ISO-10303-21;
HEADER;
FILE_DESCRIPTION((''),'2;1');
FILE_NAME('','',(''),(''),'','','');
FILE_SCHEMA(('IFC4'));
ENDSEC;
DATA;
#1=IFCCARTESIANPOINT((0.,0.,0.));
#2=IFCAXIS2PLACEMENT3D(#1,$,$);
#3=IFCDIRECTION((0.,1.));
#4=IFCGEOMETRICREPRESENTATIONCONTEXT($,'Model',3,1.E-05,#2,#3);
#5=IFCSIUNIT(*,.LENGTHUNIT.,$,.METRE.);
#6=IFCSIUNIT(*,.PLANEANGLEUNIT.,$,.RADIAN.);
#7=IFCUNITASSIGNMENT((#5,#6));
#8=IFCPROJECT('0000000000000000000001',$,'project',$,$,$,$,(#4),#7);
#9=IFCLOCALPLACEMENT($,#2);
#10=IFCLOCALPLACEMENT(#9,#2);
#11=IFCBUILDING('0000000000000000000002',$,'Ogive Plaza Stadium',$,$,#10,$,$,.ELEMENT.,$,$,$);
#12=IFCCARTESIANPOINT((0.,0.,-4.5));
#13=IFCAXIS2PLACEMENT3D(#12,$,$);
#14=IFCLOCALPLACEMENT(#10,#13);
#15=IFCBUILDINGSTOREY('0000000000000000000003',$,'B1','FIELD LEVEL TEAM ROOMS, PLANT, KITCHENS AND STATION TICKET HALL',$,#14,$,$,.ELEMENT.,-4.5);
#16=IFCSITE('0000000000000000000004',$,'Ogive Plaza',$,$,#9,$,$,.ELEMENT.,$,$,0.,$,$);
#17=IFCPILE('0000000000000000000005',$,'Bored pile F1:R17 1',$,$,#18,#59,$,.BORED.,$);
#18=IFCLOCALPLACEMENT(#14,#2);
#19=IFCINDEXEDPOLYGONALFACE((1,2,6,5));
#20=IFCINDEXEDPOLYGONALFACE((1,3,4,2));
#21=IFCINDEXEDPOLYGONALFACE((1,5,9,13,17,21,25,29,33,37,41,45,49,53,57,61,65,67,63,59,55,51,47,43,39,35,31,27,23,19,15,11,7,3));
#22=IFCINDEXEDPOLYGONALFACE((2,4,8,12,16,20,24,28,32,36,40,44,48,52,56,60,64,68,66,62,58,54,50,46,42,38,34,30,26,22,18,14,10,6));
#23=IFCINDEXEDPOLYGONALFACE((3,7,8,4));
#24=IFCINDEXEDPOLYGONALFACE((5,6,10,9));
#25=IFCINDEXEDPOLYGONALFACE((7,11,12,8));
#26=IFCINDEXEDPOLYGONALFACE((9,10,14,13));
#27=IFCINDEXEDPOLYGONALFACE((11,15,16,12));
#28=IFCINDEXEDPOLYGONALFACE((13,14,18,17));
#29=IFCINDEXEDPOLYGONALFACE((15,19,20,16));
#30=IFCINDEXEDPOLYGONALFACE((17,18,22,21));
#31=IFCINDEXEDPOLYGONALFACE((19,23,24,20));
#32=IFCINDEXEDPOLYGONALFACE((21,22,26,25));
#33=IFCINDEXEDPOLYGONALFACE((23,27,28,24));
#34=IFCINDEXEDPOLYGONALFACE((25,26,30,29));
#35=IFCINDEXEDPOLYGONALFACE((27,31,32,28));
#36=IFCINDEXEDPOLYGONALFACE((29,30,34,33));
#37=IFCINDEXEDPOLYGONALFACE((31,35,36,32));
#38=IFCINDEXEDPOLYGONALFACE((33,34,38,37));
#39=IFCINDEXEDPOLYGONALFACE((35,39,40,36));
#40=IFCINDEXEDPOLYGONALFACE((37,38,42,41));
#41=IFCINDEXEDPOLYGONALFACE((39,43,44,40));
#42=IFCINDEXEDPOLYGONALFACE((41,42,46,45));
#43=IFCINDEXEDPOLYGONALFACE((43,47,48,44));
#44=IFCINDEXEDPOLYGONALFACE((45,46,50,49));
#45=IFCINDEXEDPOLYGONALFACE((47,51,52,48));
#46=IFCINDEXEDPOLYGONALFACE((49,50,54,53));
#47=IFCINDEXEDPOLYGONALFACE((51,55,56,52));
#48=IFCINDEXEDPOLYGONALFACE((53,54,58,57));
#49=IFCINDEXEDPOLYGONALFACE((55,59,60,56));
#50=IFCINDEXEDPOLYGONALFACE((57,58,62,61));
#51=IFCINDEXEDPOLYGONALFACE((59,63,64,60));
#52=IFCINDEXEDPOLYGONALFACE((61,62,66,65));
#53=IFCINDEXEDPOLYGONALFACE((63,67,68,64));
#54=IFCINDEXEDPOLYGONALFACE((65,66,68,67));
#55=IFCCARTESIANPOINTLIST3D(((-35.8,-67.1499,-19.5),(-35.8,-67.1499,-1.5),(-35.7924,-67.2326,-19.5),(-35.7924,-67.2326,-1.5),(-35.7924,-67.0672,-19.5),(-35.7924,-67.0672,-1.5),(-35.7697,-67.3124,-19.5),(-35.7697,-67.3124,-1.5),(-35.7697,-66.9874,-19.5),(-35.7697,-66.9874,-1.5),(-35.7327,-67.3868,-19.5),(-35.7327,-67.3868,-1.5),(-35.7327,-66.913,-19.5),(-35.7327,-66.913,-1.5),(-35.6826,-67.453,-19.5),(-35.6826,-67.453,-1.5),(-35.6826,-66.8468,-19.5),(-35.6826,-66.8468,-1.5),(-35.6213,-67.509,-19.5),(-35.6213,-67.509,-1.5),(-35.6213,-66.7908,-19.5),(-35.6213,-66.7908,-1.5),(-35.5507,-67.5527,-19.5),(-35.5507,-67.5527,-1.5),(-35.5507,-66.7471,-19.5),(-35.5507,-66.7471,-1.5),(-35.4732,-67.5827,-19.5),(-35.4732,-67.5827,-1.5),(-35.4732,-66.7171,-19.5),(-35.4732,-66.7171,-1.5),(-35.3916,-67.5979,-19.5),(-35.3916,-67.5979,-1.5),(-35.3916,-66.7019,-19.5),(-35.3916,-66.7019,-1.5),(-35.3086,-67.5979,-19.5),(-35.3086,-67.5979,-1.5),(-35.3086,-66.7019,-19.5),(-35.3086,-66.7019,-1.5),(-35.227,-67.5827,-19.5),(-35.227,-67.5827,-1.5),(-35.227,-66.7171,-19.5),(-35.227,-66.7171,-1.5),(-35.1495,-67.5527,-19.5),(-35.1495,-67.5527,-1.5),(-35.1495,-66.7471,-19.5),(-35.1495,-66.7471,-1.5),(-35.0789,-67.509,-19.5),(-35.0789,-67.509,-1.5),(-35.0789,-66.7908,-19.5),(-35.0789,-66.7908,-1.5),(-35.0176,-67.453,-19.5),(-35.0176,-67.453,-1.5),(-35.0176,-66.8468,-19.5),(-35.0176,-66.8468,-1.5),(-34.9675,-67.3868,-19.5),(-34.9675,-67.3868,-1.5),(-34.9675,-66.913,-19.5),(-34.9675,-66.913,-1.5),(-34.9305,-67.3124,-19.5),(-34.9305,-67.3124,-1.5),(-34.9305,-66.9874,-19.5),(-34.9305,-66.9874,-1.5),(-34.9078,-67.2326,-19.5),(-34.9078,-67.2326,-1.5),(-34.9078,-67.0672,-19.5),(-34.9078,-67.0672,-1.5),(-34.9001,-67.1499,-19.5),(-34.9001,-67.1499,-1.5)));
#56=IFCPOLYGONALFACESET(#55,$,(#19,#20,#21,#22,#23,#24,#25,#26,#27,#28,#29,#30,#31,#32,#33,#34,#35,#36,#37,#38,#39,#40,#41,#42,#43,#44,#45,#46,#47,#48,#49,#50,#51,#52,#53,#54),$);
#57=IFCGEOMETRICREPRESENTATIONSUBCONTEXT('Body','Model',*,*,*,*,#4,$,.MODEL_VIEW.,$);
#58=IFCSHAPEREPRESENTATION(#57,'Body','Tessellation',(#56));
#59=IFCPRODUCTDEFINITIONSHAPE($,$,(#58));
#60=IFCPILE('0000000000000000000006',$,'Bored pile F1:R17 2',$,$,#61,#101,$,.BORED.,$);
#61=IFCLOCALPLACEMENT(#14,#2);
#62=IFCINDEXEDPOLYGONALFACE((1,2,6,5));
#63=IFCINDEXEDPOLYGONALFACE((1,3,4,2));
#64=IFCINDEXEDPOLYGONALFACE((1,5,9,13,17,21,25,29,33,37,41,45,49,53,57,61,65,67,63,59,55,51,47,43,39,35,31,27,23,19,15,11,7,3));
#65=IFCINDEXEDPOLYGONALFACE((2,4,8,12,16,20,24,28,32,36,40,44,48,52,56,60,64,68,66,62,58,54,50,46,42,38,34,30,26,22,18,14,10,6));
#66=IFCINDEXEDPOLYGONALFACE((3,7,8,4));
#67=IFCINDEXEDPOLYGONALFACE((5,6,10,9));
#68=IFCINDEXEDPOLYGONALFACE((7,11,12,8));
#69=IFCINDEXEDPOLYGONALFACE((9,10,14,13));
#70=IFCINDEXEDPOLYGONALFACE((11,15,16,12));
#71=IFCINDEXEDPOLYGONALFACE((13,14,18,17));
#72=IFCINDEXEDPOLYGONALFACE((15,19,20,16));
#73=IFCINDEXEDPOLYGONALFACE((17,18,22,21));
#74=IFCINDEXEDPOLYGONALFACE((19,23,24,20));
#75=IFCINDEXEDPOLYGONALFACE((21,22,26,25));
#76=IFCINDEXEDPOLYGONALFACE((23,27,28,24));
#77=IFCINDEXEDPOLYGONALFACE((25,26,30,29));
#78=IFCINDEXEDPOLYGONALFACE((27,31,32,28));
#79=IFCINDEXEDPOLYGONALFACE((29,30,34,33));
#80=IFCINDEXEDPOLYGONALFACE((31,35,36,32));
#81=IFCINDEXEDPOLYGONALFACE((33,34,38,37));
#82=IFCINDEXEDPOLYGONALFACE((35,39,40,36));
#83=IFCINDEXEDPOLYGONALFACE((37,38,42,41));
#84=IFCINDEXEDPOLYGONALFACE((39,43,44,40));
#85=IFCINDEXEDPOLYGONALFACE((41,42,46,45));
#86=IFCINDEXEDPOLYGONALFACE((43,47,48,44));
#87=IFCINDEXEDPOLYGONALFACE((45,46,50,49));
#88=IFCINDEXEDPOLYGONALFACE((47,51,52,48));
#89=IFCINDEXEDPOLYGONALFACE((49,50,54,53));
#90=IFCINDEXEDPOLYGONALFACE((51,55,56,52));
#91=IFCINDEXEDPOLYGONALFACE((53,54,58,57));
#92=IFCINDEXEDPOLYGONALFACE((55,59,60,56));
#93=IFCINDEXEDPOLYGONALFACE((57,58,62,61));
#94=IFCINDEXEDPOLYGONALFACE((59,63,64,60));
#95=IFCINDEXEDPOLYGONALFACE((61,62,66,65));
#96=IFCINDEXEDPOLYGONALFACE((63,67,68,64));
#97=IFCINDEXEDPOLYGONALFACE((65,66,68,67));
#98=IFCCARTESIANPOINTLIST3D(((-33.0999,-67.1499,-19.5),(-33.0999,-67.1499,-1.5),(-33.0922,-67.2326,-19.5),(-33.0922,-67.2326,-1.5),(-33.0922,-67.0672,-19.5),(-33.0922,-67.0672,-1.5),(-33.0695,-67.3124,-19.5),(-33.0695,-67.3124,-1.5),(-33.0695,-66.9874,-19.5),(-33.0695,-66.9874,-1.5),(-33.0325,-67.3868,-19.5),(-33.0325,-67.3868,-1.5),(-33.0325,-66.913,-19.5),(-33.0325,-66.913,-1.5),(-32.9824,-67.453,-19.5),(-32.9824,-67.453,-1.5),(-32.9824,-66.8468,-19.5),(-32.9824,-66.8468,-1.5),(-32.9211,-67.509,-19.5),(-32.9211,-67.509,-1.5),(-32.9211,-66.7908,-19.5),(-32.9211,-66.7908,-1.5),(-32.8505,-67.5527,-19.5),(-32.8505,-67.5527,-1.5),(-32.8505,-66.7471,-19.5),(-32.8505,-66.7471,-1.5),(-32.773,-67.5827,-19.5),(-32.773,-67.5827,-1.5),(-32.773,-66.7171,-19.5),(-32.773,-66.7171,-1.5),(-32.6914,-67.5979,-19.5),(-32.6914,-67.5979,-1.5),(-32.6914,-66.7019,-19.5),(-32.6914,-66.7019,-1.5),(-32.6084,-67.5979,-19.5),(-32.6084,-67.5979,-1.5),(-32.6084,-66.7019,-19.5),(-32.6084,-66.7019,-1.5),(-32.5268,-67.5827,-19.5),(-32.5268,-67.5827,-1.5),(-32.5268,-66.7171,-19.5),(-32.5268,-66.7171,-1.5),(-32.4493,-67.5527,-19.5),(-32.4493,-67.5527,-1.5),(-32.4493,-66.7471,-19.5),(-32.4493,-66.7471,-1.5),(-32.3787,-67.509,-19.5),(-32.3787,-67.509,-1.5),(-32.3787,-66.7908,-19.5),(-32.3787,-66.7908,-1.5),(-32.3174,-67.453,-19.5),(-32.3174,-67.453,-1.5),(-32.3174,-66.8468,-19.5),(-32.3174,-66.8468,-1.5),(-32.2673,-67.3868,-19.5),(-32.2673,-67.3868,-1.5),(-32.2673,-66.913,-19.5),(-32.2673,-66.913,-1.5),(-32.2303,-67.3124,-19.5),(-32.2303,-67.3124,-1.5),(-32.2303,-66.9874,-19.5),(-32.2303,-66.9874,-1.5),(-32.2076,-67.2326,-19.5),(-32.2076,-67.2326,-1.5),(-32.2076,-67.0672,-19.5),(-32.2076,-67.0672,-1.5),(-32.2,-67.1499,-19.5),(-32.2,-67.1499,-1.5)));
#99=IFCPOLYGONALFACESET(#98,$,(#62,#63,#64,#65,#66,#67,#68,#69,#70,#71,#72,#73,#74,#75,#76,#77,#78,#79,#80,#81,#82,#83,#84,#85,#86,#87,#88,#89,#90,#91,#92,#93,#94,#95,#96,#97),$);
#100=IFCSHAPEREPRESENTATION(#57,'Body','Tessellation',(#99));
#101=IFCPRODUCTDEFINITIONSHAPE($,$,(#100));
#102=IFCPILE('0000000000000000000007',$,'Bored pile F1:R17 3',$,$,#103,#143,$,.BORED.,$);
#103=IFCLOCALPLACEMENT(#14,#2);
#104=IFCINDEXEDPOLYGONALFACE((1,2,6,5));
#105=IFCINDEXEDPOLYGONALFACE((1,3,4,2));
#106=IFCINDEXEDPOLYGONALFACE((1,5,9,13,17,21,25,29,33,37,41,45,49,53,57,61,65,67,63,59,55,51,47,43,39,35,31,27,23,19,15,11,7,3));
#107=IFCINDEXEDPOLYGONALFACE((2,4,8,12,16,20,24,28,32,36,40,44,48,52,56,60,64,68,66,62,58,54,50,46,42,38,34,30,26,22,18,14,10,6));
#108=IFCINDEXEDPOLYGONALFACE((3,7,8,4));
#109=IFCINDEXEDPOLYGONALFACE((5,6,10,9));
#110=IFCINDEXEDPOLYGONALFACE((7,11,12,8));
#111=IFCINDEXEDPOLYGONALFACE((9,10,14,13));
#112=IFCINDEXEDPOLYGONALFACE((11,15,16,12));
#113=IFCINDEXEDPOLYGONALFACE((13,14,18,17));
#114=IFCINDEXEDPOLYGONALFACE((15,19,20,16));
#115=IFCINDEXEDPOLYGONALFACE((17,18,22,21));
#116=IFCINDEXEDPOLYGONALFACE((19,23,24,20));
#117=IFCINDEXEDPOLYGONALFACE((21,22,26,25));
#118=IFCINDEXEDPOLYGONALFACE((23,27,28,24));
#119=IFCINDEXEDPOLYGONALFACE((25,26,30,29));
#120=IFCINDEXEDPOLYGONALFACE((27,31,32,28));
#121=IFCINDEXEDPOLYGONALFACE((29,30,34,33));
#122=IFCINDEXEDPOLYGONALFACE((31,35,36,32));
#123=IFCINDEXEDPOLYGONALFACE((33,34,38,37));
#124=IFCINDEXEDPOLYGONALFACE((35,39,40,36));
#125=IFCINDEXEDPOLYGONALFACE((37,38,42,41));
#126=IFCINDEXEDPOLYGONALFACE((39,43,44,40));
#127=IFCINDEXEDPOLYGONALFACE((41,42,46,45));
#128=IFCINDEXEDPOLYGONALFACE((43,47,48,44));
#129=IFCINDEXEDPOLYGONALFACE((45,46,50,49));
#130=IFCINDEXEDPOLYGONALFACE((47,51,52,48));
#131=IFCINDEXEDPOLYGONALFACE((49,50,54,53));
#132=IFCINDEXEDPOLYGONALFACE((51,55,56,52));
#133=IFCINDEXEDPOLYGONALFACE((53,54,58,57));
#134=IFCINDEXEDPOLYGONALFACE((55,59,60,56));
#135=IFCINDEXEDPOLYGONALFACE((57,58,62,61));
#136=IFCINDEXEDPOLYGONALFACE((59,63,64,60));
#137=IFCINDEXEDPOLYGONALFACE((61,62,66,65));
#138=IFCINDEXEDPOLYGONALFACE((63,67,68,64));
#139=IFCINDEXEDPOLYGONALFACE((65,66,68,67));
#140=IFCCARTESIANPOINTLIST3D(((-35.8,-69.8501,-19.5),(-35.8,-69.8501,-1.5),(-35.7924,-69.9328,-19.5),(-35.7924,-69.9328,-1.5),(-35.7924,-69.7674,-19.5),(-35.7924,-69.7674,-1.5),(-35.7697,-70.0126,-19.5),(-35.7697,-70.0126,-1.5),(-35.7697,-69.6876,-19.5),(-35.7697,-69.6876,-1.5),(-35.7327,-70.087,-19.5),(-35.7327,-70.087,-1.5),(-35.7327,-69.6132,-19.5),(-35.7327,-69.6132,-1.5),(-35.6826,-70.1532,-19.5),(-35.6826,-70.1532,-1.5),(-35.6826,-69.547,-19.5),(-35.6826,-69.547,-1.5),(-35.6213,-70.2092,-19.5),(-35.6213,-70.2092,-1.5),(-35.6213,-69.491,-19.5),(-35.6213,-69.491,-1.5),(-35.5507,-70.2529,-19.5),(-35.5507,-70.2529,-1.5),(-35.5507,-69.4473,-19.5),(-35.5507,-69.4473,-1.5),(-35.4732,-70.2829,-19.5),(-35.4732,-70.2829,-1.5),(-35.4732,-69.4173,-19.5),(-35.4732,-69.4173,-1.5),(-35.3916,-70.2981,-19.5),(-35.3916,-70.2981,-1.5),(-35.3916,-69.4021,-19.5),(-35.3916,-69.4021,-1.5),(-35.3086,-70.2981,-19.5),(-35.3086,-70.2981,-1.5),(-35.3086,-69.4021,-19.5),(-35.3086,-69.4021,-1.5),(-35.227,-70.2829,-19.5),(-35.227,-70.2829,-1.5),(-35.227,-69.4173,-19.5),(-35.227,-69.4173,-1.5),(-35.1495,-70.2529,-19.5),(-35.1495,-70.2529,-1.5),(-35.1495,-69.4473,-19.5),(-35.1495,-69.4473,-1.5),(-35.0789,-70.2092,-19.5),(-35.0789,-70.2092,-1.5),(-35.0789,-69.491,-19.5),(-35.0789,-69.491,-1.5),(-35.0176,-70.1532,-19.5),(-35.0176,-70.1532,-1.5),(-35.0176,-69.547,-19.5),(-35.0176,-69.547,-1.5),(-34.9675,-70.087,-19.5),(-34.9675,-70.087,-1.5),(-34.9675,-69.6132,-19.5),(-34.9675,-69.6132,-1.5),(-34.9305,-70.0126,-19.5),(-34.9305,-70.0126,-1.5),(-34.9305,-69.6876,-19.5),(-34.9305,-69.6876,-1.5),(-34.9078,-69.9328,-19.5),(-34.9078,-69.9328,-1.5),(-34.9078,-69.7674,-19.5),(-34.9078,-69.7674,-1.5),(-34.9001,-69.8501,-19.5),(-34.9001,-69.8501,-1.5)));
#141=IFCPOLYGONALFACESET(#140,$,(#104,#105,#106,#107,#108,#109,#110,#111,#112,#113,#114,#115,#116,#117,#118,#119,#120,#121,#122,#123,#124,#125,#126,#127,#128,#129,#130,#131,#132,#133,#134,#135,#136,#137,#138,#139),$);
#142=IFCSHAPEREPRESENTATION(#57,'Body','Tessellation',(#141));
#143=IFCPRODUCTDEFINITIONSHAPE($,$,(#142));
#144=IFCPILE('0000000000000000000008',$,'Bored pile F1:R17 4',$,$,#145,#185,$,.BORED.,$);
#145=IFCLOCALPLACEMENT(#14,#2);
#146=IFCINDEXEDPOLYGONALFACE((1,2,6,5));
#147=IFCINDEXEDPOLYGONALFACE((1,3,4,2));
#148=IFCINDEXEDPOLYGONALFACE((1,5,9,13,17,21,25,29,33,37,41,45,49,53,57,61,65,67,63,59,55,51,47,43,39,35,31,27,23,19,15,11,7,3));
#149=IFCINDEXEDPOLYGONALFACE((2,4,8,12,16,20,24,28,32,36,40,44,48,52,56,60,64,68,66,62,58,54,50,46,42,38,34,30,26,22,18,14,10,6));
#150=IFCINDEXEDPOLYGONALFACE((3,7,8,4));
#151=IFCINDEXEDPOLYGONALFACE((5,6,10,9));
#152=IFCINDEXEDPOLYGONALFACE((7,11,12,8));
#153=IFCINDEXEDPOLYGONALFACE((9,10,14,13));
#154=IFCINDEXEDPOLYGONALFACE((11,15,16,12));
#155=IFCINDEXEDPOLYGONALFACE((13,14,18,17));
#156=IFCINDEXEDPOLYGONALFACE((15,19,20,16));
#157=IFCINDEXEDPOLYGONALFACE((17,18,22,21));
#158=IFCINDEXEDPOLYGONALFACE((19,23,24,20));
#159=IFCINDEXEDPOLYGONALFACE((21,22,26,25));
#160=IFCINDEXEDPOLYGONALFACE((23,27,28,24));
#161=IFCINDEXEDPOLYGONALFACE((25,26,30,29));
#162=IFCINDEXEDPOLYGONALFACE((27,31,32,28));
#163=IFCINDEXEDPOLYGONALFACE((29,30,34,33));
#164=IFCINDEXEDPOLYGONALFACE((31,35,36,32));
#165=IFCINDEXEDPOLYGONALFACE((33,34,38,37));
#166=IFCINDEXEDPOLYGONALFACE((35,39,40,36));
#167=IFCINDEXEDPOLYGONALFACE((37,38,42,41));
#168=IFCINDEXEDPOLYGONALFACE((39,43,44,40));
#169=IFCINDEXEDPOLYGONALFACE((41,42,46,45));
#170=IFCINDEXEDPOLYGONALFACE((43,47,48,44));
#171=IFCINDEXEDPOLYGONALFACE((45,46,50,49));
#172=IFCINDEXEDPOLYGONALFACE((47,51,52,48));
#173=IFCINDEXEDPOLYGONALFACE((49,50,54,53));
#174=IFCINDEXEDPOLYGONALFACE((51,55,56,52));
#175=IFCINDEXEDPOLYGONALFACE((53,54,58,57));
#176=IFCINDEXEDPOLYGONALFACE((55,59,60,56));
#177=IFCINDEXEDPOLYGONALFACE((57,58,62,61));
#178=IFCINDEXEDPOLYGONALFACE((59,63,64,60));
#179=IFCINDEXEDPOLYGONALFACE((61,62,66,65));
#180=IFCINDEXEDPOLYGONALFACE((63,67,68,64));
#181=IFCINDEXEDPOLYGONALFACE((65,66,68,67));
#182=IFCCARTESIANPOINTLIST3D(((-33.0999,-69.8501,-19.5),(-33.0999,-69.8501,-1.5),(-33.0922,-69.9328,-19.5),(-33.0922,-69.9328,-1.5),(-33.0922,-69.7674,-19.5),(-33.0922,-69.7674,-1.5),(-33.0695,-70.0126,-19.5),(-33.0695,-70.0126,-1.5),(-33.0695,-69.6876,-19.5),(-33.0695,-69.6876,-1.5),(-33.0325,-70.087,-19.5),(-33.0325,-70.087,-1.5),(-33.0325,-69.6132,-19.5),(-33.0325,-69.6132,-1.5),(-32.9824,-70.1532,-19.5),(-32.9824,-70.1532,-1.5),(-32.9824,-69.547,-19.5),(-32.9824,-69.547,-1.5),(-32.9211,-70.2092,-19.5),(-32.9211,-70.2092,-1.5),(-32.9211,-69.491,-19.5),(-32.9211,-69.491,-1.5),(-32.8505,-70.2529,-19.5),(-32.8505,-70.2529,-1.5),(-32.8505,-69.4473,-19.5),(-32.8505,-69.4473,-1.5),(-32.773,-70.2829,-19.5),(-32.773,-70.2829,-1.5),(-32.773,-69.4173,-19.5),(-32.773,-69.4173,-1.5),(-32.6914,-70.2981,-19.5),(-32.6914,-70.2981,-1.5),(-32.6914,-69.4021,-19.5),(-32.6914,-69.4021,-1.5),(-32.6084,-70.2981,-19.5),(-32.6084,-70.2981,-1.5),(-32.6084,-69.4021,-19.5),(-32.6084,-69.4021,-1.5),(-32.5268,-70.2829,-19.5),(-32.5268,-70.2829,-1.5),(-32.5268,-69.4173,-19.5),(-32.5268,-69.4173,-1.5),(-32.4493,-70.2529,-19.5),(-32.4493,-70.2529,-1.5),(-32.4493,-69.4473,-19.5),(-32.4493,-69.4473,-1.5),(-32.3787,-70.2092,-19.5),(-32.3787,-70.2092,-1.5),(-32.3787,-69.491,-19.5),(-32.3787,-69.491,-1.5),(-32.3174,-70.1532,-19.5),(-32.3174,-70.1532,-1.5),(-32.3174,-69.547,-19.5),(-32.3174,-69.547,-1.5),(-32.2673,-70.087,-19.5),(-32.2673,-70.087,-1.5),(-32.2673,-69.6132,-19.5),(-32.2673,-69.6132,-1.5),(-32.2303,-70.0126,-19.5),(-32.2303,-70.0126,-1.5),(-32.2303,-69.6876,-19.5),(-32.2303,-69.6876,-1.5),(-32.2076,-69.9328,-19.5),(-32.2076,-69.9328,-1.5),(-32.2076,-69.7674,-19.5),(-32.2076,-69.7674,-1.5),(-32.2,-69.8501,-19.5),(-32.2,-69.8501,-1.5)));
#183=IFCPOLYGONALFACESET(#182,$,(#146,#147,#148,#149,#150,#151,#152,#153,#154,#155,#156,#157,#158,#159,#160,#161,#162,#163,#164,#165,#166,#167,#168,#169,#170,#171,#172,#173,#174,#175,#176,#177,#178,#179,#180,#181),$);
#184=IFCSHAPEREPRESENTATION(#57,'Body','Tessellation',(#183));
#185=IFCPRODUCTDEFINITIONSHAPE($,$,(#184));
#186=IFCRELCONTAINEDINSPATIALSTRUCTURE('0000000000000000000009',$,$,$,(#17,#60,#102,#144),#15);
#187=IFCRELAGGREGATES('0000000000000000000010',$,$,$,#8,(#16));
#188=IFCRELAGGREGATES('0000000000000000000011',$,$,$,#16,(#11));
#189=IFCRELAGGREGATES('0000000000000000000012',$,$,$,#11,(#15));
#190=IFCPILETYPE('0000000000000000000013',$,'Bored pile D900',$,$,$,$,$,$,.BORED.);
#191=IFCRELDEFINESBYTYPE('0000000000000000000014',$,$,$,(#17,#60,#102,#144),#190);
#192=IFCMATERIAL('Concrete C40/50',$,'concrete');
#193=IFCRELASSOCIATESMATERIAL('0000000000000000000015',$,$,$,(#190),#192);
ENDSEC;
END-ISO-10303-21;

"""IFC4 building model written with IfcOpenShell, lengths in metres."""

from ifc_helpers import new_model, si_unit, direction, frame, origin, origin_2d, place, context, subcontext, project, spatial, circle, extrude, material, material_profile, profile_set, type_object, element, save


model = new_model("IFC4")

# Units and contexts
model_context = context("Model", 3, precision=1e-05, world=origin(), true_north=direction((0.0, 1.0)))
body_context = subcontext(model_context, "Body", "Model", "MODEL_VIEW")
ifc_project = project(units=[si_unit("LENGTHUNIT", "METRE"), si_unit("PLANEANGLEUNIT", "RADIAN")], contexts=[model_context])

# Site, building, storey
site_placement = place(None, origin())
site = spatial("IfcSite", under=ifc_project, at=site_placement, Name="Ogive Plaza", CompositionType="ELEMENT", RefElevation=0.0)
building_placement = place(site_placement, origin())
building = spatial("IfcBuilding", under=site, at=building_placement, Name="Ogive Plaza Stadium", CompositionType="ELEMENT")
storey_placement = place(building_placement, frame((0.0, 0.0, -4.5)))
storey = spatial("IfcBuildingStorey", under=building, at=storey_placement, Name="B1", Description="FIELD LEVEL TEAM ROOMS, PLANT, KITCHENS AND STATION TICKET HALL", CompositionType="ELEMENT", Elevation=-4.5)

# Piles
ifc_material_1 = material(Name="Concrete C40/50", Category="concrete")
ifc_material_profile_1 = material_profile(ifc_material_1, circle(Radius=0.45, at=origin_2d()), Name="RC D900")
ifc_profile_set_1 = profile_set([ifc_material_profile_1], Name="Concrete C40/50")
pile_type_1 = type_object("IfcPileType", Name="Bored pile D900", PredefinedType="BORED", material=ifc_profile_set_1)
for number, where, z_axis, x_axis, name in (
    (1, (-35.3501, -67.1499, -1.5), (0.0, 0.0, -1.0), (1.0, 0.0, 0.0), "Bored pile F1:R17 1"),
    (2, (-32.6499, -67.1499, -1.5), (0.0, 0.0, -1.0), (1.0, 0.0, 0.0), "Bored pile F1:R17 2"),
    (3, (-35.3501, -69.8501, -1.5), (0.0, 0.0, -1.0), (1.0, 0.0, 0.0), "Bored pile F1:R17 3"),
    (4, (-32.6499, -69.8501, -1.5), (0.0, 0.0, -1.0), (1.0, 0.0, 0.0), "Bored pile F1:R17 4"),
):
    element("IfcPile", number, at=place(storey_placement, frame(where, z_axis=z_axis, x_axis=x_axis)), inside=storey, type_object=pile_type_1, Name=name, PredefinedType="BORED", context=body_context, shape_type="SweptSolid", body=[
        extrude(circle(Radius=0.45, at=origin_2d()), origin(), (0.0, 0.0, 1.0), 18.0),
    ])

save(model, "model.ifc")
